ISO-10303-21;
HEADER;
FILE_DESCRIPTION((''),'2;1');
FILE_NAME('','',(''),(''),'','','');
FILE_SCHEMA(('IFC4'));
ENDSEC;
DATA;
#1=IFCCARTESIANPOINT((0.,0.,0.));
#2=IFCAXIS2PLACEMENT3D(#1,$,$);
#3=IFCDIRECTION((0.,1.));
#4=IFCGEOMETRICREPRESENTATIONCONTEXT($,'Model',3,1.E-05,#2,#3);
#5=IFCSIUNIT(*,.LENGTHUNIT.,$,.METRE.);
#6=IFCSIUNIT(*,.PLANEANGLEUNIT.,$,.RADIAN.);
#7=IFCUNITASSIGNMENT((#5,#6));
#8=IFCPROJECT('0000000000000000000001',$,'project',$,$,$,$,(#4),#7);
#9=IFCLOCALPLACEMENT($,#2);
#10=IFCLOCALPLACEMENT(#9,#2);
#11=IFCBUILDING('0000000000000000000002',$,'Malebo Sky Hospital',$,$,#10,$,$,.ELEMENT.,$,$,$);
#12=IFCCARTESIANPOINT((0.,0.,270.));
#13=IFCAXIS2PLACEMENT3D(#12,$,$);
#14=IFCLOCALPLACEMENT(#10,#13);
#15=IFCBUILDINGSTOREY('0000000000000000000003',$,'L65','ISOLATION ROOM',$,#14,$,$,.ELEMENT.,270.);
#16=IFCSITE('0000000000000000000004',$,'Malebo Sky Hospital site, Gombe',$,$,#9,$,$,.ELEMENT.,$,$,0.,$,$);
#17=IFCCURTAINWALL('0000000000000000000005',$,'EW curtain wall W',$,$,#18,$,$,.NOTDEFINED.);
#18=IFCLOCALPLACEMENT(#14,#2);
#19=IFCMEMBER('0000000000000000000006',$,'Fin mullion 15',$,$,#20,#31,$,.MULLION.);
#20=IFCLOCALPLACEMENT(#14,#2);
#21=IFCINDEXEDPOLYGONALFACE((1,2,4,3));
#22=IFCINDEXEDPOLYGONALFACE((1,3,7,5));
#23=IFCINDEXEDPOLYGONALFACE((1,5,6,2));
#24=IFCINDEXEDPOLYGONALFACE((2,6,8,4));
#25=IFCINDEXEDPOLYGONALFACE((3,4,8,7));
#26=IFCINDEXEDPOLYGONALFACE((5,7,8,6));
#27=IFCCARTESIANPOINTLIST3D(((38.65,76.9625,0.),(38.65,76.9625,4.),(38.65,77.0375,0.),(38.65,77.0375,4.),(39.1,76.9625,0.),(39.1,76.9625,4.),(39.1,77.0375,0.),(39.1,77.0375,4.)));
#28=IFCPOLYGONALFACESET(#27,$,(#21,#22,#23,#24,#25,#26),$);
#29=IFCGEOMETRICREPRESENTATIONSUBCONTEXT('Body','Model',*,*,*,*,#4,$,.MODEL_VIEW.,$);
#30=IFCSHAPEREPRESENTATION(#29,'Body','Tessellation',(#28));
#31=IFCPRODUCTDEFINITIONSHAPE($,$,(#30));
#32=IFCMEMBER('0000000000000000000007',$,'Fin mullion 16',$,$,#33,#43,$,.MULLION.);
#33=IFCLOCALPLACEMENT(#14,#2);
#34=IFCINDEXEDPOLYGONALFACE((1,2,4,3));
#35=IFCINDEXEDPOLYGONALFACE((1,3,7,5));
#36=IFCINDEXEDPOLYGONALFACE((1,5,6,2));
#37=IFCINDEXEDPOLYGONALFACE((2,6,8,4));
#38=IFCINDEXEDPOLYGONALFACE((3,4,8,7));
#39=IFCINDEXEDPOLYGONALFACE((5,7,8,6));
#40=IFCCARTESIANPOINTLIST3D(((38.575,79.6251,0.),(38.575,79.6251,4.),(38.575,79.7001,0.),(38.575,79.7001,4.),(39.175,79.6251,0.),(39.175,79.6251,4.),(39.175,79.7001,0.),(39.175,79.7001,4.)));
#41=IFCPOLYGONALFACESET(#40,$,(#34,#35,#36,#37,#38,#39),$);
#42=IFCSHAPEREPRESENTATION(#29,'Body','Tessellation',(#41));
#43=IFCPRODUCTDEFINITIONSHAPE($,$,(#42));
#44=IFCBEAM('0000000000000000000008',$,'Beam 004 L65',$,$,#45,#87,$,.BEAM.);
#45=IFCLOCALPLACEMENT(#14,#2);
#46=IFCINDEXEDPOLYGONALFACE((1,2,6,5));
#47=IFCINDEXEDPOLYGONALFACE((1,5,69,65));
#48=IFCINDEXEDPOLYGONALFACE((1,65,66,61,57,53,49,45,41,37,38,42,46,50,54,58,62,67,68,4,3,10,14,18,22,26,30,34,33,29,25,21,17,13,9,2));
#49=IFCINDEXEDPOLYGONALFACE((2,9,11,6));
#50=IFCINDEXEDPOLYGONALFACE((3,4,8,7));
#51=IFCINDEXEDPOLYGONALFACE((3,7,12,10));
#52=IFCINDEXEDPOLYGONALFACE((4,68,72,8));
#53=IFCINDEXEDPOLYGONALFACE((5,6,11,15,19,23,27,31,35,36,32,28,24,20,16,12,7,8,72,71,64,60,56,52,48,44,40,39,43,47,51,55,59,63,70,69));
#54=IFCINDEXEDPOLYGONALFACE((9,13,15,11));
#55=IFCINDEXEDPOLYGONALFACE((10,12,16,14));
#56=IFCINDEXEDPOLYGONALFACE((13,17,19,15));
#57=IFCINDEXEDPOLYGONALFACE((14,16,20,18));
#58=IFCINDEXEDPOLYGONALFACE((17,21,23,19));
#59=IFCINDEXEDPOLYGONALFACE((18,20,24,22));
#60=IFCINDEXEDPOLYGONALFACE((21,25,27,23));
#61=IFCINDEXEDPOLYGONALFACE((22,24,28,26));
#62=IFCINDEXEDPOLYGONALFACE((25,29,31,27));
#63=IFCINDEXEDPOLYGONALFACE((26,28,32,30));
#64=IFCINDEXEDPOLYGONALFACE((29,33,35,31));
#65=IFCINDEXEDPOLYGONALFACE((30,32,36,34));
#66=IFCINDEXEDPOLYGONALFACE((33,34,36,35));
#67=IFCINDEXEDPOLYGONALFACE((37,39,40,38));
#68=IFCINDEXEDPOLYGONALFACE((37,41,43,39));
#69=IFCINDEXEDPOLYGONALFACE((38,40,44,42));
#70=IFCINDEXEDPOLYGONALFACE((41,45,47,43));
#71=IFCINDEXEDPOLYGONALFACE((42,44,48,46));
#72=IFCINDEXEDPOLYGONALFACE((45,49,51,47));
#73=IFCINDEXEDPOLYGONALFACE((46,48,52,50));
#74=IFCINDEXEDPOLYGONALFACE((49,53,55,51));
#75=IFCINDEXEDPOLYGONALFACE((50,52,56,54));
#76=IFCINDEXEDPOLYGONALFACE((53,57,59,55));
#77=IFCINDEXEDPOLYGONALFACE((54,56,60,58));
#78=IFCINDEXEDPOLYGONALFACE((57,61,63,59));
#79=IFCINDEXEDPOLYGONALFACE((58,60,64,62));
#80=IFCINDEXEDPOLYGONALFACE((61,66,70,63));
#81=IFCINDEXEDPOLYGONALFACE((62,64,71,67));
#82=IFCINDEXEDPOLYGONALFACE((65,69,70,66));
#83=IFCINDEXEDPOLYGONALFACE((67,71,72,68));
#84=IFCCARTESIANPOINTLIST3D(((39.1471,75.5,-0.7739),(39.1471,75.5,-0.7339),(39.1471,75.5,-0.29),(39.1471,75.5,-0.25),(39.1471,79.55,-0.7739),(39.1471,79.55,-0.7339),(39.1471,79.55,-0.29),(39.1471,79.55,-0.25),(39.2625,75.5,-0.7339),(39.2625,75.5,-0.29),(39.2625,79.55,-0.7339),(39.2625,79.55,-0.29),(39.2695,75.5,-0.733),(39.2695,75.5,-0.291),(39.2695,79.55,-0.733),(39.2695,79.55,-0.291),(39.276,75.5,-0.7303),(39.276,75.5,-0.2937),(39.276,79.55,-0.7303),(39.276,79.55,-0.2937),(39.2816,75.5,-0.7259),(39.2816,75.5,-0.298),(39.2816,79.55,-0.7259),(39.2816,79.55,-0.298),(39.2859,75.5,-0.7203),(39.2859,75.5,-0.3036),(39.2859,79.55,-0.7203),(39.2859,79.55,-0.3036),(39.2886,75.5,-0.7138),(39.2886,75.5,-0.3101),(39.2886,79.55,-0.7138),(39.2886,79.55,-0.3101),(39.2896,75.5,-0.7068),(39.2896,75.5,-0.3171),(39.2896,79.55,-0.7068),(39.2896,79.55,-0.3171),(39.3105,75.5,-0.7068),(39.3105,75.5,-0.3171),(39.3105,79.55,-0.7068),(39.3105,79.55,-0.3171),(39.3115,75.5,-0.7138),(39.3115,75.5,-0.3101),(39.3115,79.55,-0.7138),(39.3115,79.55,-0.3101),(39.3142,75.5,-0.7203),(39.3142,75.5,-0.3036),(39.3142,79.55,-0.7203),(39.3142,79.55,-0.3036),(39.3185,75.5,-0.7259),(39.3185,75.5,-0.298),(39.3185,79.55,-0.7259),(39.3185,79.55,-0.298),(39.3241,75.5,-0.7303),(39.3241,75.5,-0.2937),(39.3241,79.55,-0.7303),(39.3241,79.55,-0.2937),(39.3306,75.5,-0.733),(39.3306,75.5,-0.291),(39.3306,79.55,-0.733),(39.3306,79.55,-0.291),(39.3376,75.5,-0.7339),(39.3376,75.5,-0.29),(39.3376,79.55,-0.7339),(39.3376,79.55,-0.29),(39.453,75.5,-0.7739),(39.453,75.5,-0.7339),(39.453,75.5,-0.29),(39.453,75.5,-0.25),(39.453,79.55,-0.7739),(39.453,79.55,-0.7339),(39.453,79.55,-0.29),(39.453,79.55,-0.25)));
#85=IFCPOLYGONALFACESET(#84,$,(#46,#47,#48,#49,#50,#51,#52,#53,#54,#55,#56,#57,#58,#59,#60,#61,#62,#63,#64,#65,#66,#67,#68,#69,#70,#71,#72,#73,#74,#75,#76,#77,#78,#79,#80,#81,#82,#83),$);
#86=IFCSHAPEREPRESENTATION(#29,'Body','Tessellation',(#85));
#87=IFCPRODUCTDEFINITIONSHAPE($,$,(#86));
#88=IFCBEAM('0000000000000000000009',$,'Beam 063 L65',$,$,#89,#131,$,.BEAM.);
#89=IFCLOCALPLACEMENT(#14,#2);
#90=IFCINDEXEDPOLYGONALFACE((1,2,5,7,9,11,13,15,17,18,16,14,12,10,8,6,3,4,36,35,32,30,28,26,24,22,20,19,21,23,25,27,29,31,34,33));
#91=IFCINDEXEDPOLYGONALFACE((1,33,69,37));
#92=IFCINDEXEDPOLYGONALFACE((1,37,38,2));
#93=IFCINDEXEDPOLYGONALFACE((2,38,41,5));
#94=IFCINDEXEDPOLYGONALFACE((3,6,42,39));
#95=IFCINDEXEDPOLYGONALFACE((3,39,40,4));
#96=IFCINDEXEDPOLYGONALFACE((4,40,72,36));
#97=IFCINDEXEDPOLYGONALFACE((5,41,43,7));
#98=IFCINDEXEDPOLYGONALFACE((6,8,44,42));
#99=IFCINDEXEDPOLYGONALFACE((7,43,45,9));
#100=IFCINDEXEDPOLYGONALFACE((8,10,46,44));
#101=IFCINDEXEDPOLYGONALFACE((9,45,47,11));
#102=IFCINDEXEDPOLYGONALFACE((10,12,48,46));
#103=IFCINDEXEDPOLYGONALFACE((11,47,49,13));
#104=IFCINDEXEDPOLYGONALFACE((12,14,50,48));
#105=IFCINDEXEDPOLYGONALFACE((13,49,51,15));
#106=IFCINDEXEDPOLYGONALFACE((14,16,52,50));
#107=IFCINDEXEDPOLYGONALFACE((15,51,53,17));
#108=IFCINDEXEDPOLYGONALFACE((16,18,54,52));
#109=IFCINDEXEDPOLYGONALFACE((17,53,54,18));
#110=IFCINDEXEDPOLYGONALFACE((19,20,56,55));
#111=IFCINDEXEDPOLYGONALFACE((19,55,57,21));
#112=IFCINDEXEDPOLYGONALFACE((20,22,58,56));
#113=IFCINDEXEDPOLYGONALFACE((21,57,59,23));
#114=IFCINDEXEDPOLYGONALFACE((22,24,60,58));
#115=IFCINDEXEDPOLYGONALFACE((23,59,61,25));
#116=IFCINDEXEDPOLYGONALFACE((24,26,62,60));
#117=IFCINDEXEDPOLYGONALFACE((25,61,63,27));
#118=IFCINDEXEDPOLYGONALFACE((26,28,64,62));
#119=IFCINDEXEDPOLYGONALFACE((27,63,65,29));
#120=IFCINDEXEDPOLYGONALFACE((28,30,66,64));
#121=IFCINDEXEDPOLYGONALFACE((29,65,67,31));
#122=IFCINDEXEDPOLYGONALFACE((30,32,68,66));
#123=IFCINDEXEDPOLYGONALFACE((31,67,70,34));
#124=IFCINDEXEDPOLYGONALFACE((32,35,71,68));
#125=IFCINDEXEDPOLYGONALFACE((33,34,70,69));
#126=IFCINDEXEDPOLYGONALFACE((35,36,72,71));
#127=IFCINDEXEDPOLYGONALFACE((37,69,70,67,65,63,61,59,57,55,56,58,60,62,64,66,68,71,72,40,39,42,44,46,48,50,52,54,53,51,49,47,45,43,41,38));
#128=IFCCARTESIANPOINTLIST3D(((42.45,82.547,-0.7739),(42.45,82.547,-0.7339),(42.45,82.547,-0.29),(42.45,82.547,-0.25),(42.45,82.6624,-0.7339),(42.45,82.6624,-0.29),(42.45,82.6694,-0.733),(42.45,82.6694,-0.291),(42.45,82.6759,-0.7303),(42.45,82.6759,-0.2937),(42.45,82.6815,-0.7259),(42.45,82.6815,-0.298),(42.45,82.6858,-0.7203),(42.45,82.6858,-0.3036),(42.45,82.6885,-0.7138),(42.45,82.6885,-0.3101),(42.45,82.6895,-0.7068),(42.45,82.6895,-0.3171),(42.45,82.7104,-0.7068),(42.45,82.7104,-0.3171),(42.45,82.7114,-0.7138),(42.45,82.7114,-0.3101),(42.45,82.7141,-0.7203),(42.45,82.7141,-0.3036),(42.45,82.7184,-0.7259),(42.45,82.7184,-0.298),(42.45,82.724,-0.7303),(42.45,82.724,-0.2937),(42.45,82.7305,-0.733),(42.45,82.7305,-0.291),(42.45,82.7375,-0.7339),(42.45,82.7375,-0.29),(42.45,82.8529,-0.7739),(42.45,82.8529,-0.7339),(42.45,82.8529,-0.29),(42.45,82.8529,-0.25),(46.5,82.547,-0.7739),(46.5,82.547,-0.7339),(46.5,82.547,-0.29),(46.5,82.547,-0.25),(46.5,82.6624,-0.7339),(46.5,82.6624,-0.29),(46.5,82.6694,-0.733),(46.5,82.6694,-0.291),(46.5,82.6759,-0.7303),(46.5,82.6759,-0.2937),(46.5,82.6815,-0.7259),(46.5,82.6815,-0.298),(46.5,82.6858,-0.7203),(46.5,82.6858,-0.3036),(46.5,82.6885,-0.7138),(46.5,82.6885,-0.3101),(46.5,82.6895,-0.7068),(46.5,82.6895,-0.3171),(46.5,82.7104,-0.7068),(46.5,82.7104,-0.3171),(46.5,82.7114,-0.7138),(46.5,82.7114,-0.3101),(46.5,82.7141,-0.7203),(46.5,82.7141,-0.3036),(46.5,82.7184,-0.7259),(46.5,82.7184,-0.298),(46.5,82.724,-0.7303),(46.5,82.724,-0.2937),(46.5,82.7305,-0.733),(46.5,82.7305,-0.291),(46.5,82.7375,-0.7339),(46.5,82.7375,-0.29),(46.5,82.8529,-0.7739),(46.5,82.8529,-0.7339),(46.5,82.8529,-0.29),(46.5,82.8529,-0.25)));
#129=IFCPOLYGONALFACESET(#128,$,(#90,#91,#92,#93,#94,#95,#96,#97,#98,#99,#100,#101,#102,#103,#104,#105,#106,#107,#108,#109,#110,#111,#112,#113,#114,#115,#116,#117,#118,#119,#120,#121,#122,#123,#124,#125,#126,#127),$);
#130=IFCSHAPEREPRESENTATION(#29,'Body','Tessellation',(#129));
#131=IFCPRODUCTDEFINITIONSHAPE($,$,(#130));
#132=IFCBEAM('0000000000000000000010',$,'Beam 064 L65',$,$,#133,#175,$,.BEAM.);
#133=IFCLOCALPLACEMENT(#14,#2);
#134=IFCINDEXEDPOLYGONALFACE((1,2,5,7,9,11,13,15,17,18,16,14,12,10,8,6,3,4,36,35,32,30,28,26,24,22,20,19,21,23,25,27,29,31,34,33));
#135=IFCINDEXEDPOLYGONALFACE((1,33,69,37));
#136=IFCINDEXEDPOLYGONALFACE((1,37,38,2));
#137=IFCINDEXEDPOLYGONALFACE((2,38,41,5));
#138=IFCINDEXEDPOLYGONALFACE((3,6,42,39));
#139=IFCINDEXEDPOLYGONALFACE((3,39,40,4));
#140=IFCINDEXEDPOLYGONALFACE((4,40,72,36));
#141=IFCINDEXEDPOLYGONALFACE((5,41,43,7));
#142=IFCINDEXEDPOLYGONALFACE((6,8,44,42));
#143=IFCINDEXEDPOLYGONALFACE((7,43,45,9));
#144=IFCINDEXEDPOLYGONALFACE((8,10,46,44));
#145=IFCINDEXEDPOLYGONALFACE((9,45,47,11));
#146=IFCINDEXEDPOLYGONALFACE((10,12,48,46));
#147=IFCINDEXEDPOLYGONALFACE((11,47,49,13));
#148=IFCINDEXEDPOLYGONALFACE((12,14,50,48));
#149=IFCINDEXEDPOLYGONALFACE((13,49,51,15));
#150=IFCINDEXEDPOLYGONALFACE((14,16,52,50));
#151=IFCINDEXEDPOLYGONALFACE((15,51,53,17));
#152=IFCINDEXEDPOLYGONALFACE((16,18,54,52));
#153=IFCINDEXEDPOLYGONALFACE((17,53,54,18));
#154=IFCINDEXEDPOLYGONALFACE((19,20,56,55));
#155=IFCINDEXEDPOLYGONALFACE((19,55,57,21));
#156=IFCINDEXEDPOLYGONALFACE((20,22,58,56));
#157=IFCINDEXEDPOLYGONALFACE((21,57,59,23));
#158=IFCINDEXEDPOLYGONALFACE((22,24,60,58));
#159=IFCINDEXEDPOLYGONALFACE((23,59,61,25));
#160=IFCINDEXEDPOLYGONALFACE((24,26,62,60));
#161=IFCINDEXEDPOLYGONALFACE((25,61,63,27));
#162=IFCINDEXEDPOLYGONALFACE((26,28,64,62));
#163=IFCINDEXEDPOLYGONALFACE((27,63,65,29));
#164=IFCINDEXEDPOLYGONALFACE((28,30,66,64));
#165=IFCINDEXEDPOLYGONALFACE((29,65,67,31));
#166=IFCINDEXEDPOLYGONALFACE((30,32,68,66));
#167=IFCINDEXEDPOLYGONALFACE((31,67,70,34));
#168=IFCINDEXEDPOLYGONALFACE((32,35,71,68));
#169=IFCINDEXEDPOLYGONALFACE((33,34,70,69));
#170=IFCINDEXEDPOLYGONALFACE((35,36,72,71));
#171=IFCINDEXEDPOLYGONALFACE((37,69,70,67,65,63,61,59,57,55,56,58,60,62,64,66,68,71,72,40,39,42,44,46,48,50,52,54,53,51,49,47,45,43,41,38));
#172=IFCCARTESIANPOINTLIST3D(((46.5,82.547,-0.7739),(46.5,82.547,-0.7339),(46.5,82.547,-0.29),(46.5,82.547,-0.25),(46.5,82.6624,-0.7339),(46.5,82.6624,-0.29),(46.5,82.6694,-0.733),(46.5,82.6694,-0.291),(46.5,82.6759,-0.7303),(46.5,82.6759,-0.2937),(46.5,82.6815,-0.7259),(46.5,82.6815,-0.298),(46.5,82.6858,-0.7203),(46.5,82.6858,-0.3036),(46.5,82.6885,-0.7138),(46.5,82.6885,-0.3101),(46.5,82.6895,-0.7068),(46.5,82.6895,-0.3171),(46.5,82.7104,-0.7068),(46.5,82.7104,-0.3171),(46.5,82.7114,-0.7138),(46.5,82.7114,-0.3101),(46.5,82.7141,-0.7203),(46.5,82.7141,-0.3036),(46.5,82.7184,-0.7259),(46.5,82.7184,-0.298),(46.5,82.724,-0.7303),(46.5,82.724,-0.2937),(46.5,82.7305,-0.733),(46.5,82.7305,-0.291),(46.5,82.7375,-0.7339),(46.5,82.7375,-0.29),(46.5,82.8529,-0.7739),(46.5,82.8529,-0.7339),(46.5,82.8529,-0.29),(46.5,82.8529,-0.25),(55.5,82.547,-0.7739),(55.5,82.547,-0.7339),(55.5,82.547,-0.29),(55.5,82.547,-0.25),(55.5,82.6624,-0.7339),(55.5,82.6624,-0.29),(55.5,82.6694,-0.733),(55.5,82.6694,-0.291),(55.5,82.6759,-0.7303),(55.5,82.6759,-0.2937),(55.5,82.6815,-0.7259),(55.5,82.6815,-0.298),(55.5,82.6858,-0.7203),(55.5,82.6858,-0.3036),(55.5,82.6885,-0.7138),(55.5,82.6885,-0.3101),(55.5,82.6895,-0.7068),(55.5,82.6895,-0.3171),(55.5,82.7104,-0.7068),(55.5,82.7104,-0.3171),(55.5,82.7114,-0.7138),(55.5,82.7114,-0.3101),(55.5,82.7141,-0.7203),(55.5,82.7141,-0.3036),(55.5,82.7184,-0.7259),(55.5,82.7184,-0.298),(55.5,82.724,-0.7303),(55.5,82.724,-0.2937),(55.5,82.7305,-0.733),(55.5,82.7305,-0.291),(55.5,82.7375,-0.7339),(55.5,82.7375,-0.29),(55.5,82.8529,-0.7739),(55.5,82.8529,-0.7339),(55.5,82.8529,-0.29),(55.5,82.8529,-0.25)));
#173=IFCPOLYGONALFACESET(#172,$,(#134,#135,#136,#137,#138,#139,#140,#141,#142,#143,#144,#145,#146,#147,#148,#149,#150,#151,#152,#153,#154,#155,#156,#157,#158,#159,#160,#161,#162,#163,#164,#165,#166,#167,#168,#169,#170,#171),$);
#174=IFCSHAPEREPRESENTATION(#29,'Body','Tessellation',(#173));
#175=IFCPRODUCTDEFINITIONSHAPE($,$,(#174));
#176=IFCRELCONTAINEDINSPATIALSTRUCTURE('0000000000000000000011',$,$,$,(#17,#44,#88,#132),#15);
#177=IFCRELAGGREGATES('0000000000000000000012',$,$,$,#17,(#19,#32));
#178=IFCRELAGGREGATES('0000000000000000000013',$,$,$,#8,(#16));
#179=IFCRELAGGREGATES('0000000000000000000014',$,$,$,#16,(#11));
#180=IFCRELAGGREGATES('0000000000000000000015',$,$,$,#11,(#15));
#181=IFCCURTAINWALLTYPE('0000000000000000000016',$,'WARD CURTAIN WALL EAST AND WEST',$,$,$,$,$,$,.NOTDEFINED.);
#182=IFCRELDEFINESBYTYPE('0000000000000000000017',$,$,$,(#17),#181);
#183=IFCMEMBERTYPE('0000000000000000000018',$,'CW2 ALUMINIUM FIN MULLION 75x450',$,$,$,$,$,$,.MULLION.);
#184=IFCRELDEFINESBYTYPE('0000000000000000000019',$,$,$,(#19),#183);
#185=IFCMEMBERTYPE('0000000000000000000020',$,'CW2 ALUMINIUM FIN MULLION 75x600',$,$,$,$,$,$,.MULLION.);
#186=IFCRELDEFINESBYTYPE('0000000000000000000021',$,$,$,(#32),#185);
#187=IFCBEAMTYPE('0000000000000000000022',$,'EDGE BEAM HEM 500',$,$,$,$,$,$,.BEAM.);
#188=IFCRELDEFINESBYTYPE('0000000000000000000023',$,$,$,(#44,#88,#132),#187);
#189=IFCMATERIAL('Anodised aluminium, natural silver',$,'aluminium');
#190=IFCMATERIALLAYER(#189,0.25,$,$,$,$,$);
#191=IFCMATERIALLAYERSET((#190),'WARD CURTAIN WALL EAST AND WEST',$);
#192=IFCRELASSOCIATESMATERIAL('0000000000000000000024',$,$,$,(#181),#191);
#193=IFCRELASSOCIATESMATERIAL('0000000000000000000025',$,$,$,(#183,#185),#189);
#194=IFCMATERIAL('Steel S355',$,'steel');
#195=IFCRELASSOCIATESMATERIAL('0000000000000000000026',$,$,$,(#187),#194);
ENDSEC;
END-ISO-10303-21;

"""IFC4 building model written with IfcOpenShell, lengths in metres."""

from ifc_helpers import new_model, si_unit, direction, frame, origin, origin_2d, place, context, subcontext, project, spatial, rectangle, i_section, extrude, material, layer, layer_set, material_profile, profile_set, type_object, element, aggregate, save


model = new_model("IFC4")

# Units and contexts
model_context = context("Model", 3, precision=1e-05, world=origin(), true_north=direction((0.0, 1.0)))
body_context = subcontext(model_context, "Body", "Model", "MODEL_VIEW")
ifc_project = project(units=[si_unit("LENGTHUNIT", "METRE"), si_unit("PLANEANGLEUNIT", "RADIAN")], contexts=[model_context])

# Site, building, storey
site_placement = place(None, origin())
site = spatial("IfcSite", under=ifc_project, at=site_placement, Name="Malebo Sky Hospital site, Gombe", CompositionType="ELEMENT", RefElevation=0.0)
building_placement = place(site_placement, origin())
building = spatial("IfcBuilding", under=site, at=building_placement, Name="Malebo Sky Hospital", CompositionType="ELEMENT")
storey_placement = place(building_placement, frame((0.0, 0.0, 270.0)))
storey = spatial("IfcBuildingStorey", under=building, at=storey_placement, Name="L65", Description="ISOLATION ROOM", CompositionType="ELEMENT", Elevation=270.0)

# Curtain wall
ifc_material_1 = material(Name="Anodised aluminium, natural silver", Category="aluminium")
ifc_layer_1 = layer(ifc_material_1, 0.25)
ifc_layer_set_1 = layer_set([ifc_layer_1], Name="WARD CURTAIN WALL EAST AND WEST")
curtain_wall_type_1 = type_object("IfcCurtainWallType", Name="WARD CURTAIN WALL EAST AND WEST", PredefinedType="NOTDEFINED", material=ifc_layer_set_1)
curtain_wall_1_placement = place(storey_placement, origin())
curtain_wall_1 = element("IfcCurtainWall", 1, at=curtain_wall_1_placement, inside=storey, type_object=curtain_wall_type_1, Name="EW curtain wall W", PredefinedType="NOTDEFINED")

# Members
ifc_material_profile_1 = material_profile(ifc_material_1, rectangle(XDim=0.075, YDim=0.45, at=origin_2d()), Name="CW2 ALUMINIUM FIN MULLION 75x450")
ifc_profile_set_1 = profile_set([ifc_material_profile_1], Name="Anodised aluminium, natural silver")
member_type_1 = type_object("IfcMemberType", Name="CW2 ALUMINIUM FIN MULLION 75x450", PredefinedType="MULLION", material=ifc_profile_set_1)
member_1_placement = place(storey_placement, frame((38.875, 77.0, 0.0), z_axis=(0.0, 0.0, 1.0), x_axis=(0.0, 1.0, 0.0)))
member_1 = element("IfcMember", 2, at=member_1_placement, type_object=member_type_1, Name="Fin mullion 15", PredefinedType="MULLION", context=body_context, shape_type="SweptSolid", body=[
    extrude(rectangle(XDim=0.075, YDim=0.45, at=origin_2d()), origin(), (0.0, 0.0, 1.0), 4.0),
])
ifc_material_profile_2 = material_profile(ifc_material_1, rectangle(XDim=0.075, YDim=0.6001, at=origin_2d()), Name="CW2 ALUMINIUM FIN MULLION 75x600")
ifc_profile_set_2 = profile_set([ifc_material_profile_2], Name="Anodised aluminium, natural silver")
member_type_2 = type_object("IfcMemberType", Name="CW2 ALUMINIUM FIN MULLION 75x600", PredefinedType="MULLION", material=ifc_profile_set_2)
member_2_placement = place(storey_placement, frame((38.875, 79.6626, 0.0), z_axis=(0.0, 0.0, 1.0), x_axis=(0.0, 1.0, 0.0)))
member_2 = element("IfcMember", 3, at=member_2_placement, type_object=member_type_2, Name="Fin mullion 16", PredefinedType="MULLION", context=body_context, shape_type="SweptSolid", body=[
    extrude(rectangle(XDim=0.075, YDim=0.6001, at=origin_2d()), origin(), (0.0, 0.0, 1.0), 4.0),
])

# Beams
ifc_material_2 = material(Name="Steel S355", Category="steel")
ifc_material_profile_3 = material_profile(ifc_material_2, i_section(OverallWidth=0.3059, OverallDepth=0.5239, WebThickness=0.021, FlangeThickness=0.04, FilletRadius=0.0271, at=origin_2d()), Name="HEM 500")
ifc_profile_set_3 = profile_set([ifc_material_profile_3], Name="Steel S355")
beam_type_1 = type_object("IfcBeamType", Name="EDGE BEAM HEM 500", PredefinedType="BEAM", material=ifc_profile_set_3)
for number, where, z_axis, x_axis, name in (
    (4, (39.3, 75.5, -0.512), (0.0, 1.0, 0.0), (-1.0, 0.0, 0.0), "Beam 004 L65"),
    (5, (42.45, 82.7, -0.512), (1.0, 0.0, 0.0), (0.0, 1.0, 0.0), "Beam 063 L65"),
):
    element("IfcBeam", number, at=place(storey_placement, frame(where, z_axis=z_axis, x_axis=x_axis)), inside=storey, type_object=beam_type_1, Name=name, PredefinedType="BEAM", context=body_context, shape_type="SweptSolid", body=[
        extrude(i_section(OverallWidth=0.3059, OverallDepth=0.5239, WebThickness=0.021, FlangeThickness=0.04, FilletRadius=0.0271, at=origin_2d()), origin(), (0.0, 0.0, 1.0), 4.05),
    ])
beam_1_placement = place(storey_placement, frame((46.5, 82.7, -0.512), z_axis=(1.0, 0.0, 0.0), x_axis=(0.0, 1.0, 0.0)))
element("IfcBeam", 6, at=beam_1_placement, inside=storey, type_object=beam_type_1, Name="Beam 064 L65", PredefinedType="BEAM", context=body_context, shape_type="SweptSolid", body=[
    extrude(i_section(OverallWidth=0.3059, OverallDepth=0.5239, WebThickness=0.021, FlangeThickness=0.04, FilletRadius=0.0271, at=origin_2d()), origin(), (0.0, 0.0, 1.0), 9.0),
])

aggregate(curtain_wall_1, [member_1, member_2])

save(model, "model.ifc")
